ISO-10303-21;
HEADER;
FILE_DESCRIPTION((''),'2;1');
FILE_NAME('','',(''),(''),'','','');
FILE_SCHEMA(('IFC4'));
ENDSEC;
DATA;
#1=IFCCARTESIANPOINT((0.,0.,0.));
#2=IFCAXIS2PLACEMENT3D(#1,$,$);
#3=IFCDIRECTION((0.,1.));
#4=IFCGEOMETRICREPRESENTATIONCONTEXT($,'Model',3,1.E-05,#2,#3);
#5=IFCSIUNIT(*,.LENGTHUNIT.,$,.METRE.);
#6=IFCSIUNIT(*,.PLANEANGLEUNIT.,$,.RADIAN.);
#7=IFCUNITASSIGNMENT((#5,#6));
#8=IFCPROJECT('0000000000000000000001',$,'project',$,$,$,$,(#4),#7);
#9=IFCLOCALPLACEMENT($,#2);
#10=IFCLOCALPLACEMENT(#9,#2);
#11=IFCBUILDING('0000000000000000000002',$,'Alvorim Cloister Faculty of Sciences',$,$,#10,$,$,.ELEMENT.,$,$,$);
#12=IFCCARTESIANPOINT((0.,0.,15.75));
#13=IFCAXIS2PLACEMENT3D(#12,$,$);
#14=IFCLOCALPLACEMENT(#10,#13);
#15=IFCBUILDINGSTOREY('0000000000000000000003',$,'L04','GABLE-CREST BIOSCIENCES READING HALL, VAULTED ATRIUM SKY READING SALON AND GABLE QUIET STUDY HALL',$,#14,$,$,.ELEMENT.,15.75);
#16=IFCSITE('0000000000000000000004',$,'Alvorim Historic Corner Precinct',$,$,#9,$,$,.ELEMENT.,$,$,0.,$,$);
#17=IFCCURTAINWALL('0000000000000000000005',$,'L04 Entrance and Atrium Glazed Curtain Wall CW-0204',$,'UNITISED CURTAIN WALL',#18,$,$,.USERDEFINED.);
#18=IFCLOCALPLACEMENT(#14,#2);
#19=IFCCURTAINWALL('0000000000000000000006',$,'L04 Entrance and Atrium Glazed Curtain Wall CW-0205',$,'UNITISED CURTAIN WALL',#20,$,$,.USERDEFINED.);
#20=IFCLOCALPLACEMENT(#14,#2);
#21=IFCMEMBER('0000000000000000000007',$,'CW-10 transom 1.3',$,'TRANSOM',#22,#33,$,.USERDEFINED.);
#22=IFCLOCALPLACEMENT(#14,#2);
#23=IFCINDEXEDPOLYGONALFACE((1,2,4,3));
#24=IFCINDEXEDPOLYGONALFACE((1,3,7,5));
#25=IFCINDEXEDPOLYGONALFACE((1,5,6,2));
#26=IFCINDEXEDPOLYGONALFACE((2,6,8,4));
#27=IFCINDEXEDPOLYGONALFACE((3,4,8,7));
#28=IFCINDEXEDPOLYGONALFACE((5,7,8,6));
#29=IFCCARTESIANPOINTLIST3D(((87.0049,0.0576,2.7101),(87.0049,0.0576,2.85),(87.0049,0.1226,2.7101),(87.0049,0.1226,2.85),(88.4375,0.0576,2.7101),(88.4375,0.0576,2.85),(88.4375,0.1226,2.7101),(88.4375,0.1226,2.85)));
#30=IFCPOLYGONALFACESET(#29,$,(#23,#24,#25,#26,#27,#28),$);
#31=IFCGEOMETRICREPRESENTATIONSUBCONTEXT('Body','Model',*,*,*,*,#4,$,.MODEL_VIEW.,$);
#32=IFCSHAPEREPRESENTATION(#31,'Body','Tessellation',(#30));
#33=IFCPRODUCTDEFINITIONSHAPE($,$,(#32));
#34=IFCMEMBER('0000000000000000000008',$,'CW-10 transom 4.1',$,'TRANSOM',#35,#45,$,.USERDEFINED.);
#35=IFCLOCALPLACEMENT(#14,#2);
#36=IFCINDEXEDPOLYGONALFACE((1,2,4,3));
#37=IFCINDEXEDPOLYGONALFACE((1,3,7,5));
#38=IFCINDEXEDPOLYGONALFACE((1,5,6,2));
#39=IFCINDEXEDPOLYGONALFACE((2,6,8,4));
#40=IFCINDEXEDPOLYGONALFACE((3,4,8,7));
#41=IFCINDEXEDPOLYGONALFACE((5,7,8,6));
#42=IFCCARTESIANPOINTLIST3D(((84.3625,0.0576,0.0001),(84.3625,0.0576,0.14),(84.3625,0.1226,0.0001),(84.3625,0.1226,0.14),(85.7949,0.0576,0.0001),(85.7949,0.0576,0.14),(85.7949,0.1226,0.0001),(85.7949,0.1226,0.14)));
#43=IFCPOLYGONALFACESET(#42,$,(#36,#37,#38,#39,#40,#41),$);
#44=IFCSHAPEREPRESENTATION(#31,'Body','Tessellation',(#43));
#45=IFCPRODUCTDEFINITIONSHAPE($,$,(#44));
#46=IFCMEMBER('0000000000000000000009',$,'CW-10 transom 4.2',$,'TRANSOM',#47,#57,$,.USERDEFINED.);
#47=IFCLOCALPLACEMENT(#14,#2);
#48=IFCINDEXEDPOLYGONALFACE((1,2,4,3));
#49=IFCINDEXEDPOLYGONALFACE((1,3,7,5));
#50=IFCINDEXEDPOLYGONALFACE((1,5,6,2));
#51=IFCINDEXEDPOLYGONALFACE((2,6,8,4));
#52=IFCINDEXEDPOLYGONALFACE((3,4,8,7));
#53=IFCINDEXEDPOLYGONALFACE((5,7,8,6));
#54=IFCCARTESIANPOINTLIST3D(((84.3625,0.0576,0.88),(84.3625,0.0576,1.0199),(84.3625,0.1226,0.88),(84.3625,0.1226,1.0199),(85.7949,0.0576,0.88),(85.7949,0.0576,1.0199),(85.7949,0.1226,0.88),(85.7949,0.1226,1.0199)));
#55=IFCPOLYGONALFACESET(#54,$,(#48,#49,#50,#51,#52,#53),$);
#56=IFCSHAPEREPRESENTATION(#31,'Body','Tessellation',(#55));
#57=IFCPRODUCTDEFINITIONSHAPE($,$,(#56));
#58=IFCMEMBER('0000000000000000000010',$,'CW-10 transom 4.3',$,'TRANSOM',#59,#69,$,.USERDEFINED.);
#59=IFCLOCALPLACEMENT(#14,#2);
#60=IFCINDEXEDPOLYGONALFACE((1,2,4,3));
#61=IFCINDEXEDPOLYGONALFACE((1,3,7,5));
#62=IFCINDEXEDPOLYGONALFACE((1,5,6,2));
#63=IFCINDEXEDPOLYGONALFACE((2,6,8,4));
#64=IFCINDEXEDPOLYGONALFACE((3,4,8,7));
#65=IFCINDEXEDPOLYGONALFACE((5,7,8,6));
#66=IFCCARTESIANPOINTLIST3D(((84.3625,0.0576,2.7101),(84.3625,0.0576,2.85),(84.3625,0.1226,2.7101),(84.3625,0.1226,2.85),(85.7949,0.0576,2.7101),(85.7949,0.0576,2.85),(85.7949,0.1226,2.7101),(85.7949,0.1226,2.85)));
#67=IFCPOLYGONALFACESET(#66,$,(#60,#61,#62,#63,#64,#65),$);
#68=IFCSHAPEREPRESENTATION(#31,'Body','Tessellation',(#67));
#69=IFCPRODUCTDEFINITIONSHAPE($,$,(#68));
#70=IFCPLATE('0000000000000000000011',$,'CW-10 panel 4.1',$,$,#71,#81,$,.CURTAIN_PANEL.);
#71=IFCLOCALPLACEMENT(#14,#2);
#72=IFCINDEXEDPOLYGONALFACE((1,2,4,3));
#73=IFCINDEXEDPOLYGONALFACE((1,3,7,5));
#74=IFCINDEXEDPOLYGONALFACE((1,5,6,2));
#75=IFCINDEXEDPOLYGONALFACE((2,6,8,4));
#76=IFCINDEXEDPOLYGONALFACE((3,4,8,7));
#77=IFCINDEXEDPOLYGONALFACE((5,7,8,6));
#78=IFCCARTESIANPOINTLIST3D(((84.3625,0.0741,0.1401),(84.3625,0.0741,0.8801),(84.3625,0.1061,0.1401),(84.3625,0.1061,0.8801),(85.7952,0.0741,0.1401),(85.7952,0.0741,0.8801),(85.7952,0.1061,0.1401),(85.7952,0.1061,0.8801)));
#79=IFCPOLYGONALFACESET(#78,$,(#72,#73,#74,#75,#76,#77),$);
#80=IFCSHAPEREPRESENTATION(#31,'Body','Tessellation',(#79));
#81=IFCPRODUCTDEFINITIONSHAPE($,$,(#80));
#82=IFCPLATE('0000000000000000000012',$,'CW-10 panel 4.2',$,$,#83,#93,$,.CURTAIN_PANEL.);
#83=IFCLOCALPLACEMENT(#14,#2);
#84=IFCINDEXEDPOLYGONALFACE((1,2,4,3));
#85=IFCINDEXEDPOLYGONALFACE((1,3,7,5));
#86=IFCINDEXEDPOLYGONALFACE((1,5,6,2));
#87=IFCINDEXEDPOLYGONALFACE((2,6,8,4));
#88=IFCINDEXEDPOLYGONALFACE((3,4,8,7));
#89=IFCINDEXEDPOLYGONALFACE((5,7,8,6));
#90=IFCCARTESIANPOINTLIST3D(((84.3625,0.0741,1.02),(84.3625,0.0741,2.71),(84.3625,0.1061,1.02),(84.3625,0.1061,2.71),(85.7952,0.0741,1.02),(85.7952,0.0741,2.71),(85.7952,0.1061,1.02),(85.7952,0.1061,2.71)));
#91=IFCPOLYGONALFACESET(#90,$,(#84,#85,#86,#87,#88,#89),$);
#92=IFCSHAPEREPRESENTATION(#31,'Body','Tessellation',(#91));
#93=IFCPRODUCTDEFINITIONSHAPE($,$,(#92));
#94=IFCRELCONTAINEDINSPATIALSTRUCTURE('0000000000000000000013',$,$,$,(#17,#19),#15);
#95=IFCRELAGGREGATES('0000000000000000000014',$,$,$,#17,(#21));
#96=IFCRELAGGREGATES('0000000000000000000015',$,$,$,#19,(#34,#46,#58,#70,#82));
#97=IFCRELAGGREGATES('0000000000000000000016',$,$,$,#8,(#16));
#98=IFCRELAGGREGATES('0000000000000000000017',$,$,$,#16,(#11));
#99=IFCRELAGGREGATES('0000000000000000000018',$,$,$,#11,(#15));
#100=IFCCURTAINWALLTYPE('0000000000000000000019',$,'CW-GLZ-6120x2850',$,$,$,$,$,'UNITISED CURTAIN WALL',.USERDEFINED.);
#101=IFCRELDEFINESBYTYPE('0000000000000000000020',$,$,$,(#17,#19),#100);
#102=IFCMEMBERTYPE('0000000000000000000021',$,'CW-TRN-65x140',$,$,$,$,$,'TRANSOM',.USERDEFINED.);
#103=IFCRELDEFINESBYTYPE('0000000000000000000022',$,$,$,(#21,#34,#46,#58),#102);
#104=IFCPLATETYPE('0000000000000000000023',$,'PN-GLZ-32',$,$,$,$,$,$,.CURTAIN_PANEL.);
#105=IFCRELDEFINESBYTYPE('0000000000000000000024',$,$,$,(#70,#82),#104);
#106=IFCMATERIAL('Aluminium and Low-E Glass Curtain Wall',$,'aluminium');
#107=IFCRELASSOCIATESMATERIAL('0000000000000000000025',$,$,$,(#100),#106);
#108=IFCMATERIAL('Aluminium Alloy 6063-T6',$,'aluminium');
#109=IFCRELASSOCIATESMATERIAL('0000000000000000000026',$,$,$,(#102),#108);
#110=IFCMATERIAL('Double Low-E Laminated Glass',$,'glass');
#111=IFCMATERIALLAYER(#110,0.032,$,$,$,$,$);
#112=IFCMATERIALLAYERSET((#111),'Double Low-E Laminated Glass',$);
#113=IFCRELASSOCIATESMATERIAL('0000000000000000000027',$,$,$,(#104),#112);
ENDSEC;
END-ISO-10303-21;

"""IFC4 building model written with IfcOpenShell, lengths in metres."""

from ifc_helpers import new_model, si_unit, direction, frame, origin, origin_2d, place, context, subcontext, project, spatial, rectangle, extrude, material, layer, layer_set, material_profile, profile_set, type_object, element, aggregate, save


model = new_model("IFC4")

# Units and contexts
model_context = context("Model", 3, precision=1e-05, world=origin(), true_north=direction((0.0, 1.0)))
body_context = subcontext(model_context, "Body", "Model", "MODEL_VIEW")
ifc_project = project(units=[si_unit("LENGTHUNIT", "METRE"), si_unit("PLANEANGLEUNIT", "RADIAN")], contexts=[model_context])

# Site, building, storey
site_placement = place(None, origin())
site = spatial("IfcSite", under=ifc_project, at=site_placement, Name="Alvorim Historic Corner Precinct", CompositionType="ELEMENT", RefElevation=0.0)
building_placement = place(site_placement, origin())
building = spatial("IfcBuilding", under=site, at=building_placement, Name="Alvorim Cloister Faculty of Sciences", CompositionType="ELEMENT")
storey_placement = place(building_placement, frame((0.0, 0.0, 15.75)))
storey = spatial("IfcBuildingStorey", under=building, at=storey_placement, Name="L04", Description="GABLE-CREST BIOSCIENCES READING HALL, VAULTED ATRIUM SKY READING SALON AND GABLE QUIET STUDY HALL", CompositionType="ELEMENT", Elevation=15.75)

# Curtain walls
ifc_material_1 = material(Name="Aluminium and Low-E Glass Curtain Wall", Category="aluminium")
curtain_wall_type = type_object("IfcCurtainWallType", Name="CW-GLZ-6120x2850", ElementType="UNITISED CURTAIN WALL", PredefinedType="USERDEFINED", material=ifc_material_1)
curtain_wall_1_placement = place(storey_placement, origin())
curtain_wall_1 = element("IfcCurtainWall", 1, at=curtain_wall_1_placement, inside=storey, type_object=curtain_wall_type, Name="L04 Entrance and Atrium Glazed Curtain Wall CW-0204", ObjectType="UNITISED CURTAIN WALL", PredefinedType="USERDEFINED")
ifc_material_2 = material(Name="Aluminium Alloy 6063-T6", Category="aluminium")
curtain_wall_2_placement = place(storey_placement, origin())
curtain_wall_2 = element("IfcCurtainWall", 2, at=curtain_wall_2_placement, inside=storey, type_object=curtain_wall_type, Name="L04 Entrance and Atrium Glazed Curtain Wall CW-0205", ObjectType="UNITISED CURTAIN WALL", PredefinedType="USERDEFINED")

# Members
ifc_material_profile_1 = material_profile(ifc_material_2, rectangle(XDim=0.0649, YDim=0.1399, at=origin_2d()), Name="ALU-TRN-65x140")
ifc_profile_set_1 = profile_set([ifc_material_profile_1], Name="Aluminium Alloy 6063-T6")
member_type_1 = type_object("IfcMemberType", Name="CW-TRN-65x140", ElementType="TRANSOM", PredefinedType="USERDEFINED", material=ifc_profile_set_1)
member_1_placement = place(storey_placement, frame((87.0049, 0.0901, 2.78), z_axis=(1.0, 0.0, 0.0), x_axis=(0.0, 1.0, 0.0)))
member_1 = element("IfcMember", 3, at=member_1_placement, type_object=member_type_1, Name="CW-10 transom 1.3", ObjectType="TRANSOM", PredefinedType="USERDEFINED", context=body_context, shape_type="SweptSolid", body=[
    extrude(rectangle(XDim=0.0649, YDim=0.1399, at=origin_2d()), origin(), (0.0, 0.0, 1.0), 1.4326),
])
aggregate(curtain_wall_1, [member_1])
member_2_placement = place(storey_placement, frame((84.3625, 0.0901, 0.0701), z_axis=(1.0, 0.0, 0.0), x_axis=(0.0, 1.0, 0.0)))
member_2 = element("IfcMember", 4, at=member_2_placement, type_object=member_type_1, Name="CW-10 transom 4.1", ObjectType="TRANSOM", PredefinedType="USERDEFINED", context=body_context, shape_type="SweptSolid", body=[
    extrude(rectangle(XDim=0.0649, YDim=0.1399, at=origin_2d()), origin(), (0.0, 0.0, 1.0), 1.4324),
])
member_3_placement = place(storey_placement, frame((84.3625, 0.0901, 0.95), z_axis=(1.0, 0.0, 0.0), x_axis=(0.0, 1.0, 0.0)))
member_3 = element("IfcMember", 5, at=member_3_placement, type_object=member_type_1, Name="CW-10 transom 4.2", ObjectType="TRANSOM", PredefinedType="USERDEFINED", context=body_context, shape_type="SweptSolid", body=[
    extrude(rectangle(XDim=0.0649, YDim=0.1399, at=origin_2d()), origin(), (0.0, 0.0, 1.0), 1.4324),
])
member_4_placement = place(storey_placement, frame((84.3625, 0.0901, 2.78), z_axis=(1.0, 0.0, 0.0), x_axis=(0.0, 1.0, 0.0)))
member_4 = element("IfcMember", 6, at=member_4_placement, type_object=member_type_1, Name="CW-10 transom 4.3", ObjectType="TRANSOM", PredefinedType="USERDEFINED", context=body_context, shape_type="SweptSolid", body=[
    extrude(rectangle(XDim=0.0649, YDim=0.1399, at=origin_2d()), origin(), (0.0, 0.0, 1.0), 1.4324),
])

# Plates
ifc_material_3 = material(Name="Double Low-E Laminated Glass", Category="glass")
ifc_layer = layer(ifc_material_3, 0.032)
ifc_layer_set = layer_set([ifc_layer], Name="Double Low-E Laminated Glass")
plate_type = type_object("IfcPlateType", Name="PN-GLZ-32", PredefinedType="CURTAIN_PANEL", material=ifc_layer_set)
plate_1_placement = place(storey_placement, frame((85.0789, 0.0901, 0.1401), z_axis=(0.0, 0.0, 1.0), x_axis=(1.0, 0.0, 0.0)))
plate_1 = element("IfcPlate", 7, at=plate_1_placement, type_object=plate_type, Name="CW-10 panel 4.1", PredefinedType="CURTAIN_PANEL", context=body_context, shape_type="SweptSolid", body=[
    extrude(rectangle(XDim=1.4326, YDim=0.032, at=origin_2d()), origin(), (0.0, 0.0, 1.0), 0.74),
])
plate_2_placement = place(storey_placement, frame((85.0789, 0.0901, 1.02), z_axis=(0.0, 0.0, 1.0), x_axis=(1.0, 0.0, 0.0)))
plate_2 = element("IfcPlate", 8, at=plate_2_placement, type_object=plate_type, Name="CW-10 panel 4.2", PredefinedType="CURTAIN_PANEL", context=body_context, shape_type="SweptSolid", body=[
    extrude(rectangle(XDim=1.4326, YDim=0.032, at=origin_2d()), origin(), (0.0, 0.0, 1.0), 1.6899),
])
aggregate(curtain_wall_2, [member_2, member_3, member_4, plate_1, plate_2])

save(model, "model.ifc")
